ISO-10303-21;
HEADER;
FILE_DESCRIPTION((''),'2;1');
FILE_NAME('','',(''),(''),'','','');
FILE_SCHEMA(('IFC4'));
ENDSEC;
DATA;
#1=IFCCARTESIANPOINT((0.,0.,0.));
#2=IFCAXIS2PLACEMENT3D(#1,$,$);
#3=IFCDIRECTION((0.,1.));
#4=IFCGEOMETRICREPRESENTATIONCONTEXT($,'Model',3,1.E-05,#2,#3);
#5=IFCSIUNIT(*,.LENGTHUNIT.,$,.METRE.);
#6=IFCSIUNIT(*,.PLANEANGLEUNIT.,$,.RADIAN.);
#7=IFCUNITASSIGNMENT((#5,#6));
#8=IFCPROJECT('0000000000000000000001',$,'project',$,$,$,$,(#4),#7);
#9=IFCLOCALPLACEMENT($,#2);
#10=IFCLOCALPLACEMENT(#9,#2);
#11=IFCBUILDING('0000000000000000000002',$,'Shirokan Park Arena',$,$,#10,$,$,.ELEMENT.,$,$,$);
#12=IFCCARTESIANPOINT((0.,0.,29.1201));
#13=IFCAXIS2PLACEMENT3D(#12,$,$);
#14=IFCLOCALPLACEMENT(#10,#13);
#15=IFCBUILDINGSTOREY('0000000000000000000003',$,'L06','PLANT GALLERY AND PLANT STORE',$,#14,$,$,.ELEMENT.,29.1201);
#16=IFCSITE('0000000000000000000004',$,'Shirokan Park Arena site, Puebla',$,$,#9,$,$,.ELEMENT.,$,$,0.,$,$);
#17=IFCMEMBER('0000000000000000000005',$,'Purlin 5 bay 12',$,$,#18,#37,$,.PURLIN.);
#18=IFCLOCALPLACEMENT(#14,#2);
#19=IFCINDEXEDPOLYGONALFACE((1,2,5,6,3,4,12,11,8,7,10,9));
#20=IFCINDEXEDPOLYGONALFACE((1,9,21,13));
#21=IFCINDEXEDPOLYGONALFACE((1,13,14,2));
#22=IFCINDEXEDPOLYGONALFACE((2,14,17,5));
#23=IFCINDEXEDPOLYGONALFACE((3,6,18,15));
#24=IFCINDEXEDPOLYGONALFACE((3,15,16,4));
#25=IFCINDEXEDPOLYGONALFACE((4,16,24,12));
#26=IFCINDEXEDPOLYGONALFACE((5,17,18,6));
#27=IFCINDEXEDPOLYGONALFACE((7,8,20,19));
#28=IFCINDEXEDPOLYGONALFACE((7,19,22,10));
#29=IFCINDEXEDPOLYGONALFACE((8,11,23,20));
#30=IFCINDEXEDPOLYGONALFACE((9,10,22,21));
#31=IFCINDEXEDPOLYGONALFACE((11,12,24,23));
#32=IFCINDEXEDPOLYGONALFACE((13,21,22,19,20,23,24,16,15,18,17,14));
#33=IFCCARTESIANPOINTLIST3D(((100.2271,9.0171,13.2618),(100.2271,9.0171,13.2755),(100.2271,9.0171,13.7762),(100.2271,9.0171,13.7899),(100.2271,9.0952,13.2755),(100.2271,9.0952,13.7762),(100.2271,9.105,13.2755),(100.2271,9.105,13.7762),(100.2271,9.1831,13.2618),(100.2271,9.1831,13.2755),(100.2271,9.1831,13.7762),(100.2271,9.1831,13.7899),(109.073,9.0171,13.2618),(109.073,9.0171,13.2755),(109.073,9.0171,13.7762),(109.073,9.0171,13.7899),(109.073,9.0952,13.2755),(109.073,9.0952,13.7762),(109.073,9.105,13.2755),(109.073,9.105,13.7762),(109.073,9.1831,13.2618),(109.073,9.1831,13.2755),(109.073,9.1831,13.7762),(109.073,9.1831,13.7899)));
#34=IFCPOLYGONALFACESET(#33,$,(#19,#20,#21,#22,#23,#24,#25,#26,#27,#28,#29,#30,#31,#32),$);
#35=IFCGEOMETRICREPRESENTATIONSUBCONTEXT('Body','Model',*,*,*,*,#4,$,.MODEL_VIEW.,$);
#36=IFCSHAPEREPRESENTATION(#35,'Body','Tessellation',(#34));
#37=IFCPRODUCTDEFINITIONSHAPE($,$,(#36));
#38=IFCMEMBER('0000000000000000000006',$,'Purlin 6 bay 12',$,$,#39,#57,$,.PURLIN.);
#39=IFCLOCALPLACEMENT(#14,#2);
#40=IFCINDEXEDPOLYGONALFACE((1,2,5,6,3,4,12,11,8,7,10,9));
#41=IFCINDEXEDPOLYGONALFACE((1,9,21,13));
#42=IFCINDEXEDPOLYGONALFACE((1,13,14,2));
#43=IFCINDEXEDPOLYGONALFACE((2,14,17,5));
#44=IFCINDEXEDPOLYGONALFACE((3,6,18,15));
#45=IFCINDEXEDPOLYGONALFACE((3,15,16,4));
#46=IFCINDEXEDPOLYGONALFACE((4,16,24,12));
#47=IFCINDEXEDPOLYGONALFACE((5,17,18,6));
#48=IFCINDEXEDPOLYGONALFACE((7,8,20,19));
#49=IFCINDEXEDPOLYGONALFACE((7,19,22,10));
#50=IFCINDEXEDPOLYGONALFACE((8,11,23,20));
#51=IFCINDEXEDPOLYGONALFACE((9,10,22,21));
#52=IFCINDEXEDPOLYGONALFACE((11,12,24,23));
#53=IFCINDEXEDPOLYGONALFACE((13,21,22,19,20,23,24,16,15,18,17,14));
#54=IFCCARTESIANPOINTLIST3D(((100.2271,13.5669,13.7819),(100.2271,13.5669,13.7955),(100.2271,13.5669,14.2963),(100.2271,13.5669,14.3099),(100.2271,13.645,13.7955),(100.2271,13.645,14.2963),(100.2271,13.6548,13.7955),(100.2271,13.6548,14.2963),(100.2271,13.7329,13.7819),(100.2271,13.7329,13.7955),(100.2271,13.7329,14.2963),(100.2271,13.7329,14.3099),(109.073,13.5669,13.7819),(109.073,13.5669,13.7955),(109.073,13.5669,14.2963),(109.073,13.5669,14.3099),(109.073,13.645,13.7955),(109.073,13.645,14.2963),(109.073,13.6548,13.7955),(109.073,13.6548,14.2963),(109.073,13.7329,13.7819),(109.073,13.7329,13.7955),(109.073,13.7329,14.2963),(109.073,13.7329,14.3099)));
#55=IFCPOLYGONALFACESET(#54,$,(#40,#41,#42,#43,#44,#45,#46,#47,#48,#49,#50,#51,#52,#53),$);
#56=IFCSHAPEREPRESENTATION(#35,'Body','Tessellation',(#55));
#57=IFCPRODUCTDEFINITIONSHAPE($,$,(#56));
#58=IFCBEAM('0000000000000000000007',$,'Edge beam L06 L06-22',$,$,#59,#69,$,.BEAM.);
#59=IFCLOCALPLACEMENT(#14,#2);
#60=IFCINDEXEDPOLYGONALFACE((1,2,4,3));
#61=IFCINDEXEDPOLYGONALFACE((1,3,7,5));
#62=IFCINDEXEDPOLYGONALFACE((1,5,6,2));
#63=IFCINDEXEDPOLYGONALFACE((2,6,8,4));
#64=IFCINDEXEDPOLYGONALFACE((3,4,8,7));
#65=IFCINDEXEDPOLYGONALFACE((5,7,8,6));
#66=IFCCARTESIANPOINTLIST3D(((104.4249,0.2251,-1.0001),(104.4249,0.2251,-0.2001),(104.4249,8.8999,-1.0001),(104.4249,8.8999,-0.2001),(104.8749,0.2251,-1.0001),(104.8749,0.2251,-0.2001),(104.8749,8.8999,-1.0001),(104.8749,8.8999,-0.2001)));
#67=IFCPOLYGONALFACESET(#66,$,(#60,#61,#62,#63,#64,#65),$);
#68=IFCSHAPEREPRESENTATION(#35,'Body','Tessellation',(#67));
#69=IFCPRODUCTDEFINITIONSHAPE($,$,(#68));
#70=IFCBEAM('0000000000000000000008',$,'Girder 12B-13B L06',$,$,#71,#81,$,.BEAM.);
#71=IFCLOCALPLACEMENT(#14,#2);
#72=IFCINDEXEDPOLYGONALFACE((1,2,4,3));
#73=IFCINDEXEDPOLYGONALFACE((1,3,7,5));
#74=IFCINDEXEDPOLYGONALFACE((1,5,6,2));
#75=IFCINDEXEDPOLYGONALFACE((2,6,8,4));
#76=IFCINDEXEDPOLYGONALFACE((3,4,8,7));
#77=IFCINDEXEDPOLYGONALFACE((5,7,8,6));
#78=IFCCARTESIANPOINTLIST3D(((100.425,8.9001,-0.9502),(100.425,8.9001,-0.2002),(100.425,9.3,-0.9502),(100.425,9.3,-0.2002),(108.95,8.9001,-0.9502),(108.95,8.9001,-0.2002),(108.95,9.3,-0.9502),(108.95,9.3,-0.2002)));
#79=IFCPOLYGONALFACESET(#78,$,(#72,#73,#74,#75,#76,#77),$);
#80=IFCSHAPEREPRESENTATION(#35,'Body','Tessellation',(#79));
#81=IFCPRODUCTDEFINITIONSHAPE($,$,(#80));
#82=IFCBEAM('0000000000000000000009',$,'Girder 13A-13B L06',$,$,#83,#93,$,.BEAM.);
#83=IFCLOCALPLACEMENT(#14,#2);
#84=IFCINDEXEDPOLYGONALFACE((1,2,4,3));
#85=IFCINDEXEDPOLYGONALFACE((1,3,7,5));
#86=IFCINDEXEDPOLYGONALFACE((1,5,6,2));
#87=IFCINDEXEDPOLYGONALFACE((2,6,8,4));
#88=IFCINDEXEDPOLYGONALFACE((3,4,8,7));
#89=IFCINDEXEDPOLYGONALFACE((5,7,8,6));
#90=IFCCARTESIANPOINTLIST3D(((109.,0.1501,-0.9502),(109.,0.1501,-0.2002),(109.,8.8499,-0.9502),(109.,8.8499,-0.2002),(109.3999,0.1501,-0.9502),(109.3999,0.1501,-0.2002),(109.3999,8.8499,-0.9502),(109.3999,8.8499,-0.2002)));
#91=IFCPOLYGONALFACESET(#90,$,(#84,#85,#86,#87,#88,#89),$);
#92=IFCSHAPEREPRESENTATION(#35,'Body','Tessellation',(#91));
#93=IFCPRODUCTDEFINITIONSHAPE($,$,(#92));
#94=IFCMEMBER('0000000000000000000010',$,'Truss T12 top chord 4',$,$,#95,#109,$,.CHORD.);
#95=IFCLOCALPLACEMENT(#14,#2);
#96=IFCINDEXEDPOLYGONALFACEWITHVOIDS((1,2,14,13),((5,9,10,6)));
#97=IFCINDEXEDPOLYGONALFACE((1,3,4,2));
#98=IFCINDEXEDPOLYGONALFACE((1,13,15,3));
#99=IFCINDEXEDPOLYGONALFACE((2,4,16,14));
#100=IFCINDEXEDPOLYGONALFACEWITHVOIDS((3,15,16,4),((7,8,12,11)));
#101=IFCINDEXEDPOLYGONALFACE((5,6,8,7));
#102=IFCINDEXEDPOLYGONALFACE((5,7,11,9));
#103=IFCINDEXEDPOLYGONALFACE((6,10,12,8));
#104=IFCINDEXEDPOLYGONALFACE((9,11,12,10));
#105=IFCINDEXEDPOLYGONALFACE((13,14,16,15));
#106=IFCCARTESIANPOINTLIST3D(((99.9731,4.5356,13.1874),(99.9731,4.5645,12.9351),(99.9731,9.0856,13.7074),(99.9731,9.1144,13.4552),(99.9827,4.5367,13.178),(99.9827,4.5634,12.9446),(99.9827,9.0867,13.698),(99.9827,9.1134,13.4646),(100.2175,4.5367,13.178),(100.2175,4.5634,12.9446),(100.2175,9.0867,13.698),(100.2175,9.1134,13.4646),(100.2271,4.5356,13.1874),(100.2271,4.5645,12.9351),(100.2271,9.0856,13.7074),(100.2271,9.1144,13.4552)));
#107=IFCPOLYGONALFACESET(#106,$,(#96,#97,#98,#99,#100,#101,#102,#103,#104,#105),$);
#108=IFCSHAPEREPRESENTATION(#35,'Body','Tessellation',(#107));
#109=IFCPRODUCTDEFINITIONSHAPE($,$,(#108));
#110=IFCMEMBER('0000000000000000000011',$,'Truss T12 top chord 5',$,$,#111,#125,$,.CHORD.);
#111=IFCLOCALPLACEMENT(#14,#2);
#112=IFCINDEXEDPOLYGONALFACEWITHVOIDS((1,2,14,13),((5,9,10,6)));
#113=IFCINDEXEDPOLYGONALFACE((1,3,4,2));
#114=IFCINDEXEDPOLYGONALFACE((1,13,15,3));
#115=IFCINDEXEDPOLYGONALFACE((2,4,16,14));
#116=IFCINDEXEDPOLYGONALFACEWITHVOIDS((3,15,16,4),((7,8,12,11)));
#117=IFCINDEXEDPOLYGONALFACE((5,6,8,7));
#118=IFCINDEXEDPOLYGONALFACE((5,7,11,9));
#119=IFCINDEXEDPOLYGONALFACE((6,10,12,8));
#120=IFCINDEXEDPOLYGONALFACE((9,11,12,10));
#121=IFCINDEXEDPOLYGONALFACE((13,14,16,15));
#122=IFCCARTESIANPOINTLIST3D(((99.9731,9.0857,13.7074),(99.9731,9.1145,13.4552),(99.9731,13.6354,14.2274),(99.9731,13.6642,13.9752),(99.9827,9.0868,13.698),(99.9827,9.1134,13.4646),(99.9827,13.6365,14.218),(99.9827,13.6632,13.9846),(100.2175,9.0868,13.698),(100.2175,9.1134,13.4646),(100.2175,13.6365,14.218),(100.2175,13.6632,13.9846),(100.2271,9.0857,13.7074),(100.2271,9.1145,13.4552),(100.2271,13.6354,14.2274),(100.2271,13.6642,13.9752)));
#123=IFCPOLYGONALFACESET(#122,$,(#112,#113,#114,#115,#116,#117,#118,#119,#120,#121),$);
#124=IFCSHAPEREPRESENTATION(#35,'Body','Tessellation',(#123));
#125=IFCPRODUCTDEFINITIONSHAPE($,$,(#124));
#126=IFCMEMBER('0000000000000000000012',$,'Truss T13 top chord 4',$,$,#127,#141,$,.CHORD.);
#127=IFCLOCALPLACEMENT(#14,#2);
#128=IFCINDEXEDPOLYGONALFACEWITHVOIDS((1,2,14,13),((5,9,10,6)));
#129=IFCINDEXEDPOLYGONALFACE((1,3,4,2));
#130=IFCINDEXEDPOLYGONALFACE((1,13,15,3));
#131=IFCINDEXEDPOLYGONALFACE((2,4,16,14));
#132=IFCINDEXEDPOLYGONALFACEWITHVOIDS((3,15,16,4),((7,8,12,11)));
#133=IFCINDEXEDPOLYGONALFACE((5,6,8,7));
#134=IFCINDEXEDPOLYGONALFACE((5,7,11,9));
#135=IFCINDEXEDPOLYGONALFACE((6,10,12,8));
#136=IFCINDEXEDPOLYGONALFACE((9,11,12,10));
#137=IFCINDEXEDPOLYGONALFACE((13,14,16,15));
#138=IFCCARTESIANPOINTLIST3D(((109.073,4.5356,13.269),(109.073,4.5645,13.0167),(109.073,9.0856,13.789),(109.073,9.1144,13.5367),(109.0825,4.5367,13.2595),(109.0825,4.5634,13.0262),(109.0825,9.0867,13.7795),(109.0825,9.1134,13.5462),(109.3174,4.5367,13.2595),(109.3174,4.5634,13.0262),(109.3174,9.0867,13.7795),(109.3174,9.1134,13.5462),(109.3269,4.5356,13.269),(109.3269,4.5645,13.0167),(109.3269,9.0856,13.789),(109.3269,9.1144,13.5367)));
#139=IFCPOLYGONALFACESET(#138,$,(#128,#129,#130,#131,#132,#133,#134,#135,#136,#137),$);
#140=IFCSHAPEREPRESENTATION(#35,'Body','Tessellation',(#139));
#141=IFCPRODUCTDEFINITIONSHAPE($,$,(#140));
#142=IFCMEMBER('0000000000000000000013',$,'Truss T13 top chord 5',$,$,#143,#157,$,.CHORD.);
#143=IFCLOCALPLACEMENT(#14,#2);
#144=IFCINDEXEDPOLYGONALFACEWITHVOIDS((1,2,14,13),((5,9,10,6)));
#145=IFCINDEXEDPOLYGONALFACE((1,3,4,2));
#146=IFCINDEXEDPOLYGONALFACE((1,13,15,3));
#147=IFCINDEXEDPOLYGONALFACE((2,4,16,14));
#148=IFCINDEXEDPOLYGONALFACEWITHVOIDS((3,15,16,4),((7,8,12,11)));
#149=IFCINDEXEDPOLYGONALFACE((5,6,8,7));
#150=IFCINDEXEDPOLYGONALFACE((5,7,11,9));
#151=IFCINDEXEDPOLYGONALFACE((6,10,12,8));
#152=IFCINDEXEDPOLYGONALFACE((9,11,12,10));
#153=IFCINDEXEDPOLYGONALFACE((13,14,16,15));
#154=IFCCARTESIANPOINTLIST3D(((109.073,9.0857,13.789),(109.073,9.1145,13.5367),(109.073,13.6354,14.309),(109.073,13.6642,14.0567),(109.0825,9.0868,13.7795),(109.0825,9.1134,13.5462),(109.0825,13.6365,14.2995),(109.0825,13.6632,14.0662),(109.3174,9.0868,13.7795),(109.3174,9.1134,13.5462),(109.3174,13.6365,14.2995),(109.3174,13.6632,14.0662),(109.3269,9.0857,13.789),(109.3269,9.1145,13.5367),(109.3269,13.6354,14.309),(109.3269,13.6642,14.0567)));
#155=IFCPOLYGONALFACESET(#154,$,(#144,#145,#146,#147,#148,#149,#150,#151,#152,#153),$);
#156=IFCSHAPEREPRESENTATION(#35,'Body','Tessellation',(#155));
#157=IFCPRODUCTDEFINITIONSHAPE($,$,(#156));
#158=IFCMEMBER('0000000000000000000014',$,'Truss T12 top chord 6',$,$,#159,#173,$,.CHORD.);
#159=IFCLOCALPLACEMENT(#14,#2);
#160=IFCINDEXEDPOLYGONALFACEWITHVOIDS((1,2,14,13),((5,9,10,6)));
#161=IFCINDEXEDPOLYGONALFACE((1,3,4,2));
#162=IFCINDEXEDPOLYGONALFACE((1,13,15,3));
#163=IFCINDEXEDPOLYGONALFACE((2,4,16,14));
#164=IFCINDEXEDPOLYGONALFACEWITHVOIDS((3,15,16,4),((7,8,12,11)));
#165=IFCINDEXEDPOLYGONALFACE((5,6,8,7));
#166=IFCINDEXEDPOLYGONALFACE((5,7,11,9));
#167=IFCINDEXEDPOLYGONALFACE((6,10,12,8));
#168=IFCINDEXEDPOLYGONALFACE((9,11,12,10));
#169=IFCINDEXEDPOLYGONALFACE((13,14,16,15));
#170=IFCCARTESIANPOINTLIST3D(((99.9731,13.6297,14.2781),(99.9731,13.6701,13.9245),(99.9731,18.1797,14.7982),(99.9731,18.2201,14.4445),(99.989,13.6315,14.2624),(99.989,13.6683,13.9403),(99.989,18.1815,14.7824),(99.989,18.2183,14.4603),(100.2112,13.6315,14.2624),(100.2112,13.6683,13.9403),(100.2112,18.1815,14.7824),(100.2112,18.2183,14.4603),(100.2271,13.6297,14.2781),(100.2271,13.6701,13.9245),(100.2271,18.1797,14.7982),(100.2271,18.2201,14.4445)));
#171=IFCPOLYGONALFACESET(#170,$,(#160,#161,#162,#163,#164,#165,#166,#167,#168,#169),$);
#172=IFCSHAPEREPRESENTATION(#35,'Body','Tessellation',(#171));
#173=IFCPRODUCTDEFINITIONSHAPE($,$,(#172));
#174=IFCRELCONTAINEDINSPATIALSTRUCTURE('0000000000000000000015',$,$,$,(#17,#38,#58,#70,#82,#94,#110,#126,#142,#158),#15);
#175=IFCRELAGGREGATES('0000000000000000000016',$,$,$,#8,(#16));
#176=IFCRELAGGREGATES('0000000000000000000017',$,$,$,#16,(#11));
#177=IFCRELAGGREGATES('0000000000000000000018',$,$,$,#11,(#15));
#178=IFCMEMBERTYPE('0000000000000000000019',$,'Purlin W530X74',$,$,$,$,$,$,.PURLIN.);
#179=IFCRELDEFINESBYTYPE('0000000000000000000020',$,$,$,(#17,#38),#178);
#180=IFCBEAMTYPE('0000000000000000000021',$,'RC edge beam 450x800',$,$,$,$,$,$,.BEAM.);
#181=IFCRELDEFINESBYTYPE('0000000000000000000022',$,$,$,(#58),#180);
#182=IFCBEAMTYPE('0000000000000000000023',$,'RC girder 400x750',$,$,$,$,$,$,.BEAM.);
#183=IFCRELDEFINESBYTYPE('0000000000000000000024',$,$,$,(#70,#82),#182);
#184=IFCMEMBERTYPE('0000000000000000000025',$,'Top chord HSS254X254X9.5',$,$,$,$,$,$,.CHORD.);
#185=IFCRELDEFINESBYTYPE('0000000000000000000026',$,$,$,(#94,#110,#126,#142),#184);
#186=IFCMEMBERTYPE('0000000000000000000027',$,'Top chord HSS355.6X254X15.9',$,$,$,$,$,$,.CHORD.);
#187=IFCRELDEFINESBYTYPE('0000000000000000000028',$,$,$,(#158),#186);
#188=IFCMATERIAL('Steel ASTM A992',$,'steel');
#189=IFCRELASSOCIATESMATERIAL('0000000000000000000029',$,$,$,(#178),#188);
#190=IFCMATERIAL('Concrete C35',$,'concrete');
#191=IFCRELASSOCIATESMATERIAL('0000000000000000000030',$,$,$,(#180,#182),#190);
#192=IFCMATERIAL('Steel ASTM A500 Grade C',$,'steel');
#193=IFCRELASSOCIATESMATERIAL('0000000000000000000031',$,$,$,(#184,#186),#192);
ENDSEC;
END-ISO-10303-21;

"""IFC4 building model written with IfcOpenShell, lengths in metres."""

from ifc_helpers import new_model, si_unit, direction, frame, origin, origin_2d, place, context, subcontext, project, spatial, rectangle, hollow_rectangle, i_section, extrude, material, material_profile, profile_set, type_object, element, save


model = new_model("IFC4")

# Units and contexts
model_context = context("Model", 3, precision=1e-05, world=origin(), true_north=direction((0.0, 1.0)))
body_context = subcontext(model_context, "Body", "Model", "MODEL_VIEW")
ifc_project = project(units=[si_unit("LENGTHUNIT", "METRE"), si_unit("PLANEANGLEUNIT", "RADIAN")], contexts=[model_context])

# Site, building, storey
site_placement = place(None, origin())
site = spatial("IfcSite", under=ifc_project, at=site_placement, Name="Shirokan Park Arena site, Puebla", CompositionType="ELEMENT", RefElevation=0.0)
building_placement = place(site_placement, origin())
building = spatial("IfcBuilding", under=site, at=building_placement, Name="Shirokan Park Arena", CompositionType="ELEMENT")
storey_placement = place(building_placement, frame((0.0, 0.0, 29.1201)))
storey = spatial("IfcBuildingStorey", under=building, at=storey_placement, Name="L06", Description="PLANT GALLERY AND PLANT STORE", CompositionType="ELEMENT", Elevation=29.1201)

# Shared definitions
ifc_material_1 = material(Name="Concrete C35", Category="concrete")

# Members
ifc_material_2 = material(Name="Steel ASTM A500 Grade C", Category="steel")
ifc_material_3 = material(Name="Steel ASTM A992", Category="steel")
ifc_material_profile_1 = material_profile(ifc_material_3, i_section(OverallWidth=0.166, OverallDepth=0.5281, WebThickness=0.0098, FlangeThickness=0.0137, at=origin_2d()), Name="W530X74")
ifc_profile_set_1 = profile_set([ifc_material_profile_1], Name="Steel ASTM A992")
member_type_1 = type_object("IfcMemberType", Name="Purlin W530X74", PredefinedType="PURLIN", material=ifc_profile_set_1)
for number, where, z_axis, x_axis, name in (
    (1, (100.2271, 9.1001, 13.5259), (1.0, 0.0, 0.0), (0.0, 1.0, 0.0), "Purlin 5 bay 12"),
    (2, (100.2271, 13.6499, 14.0459), (1.0, 0.0, 0.0), (0.0, 1.0, 0.0), "Purlin 6 bay 12"),
):
    element("IfcMember", number, at=place(storey_placement, frame(where, z_axis=z_axis, x_axis=x_axis)), inside=storey, type_object=member_type_1, Name=name, PredefinedType="PURLIN", context=body_context, shape_type="SweptSolid", body=[
        extrude(i_section(OverallWidth=0.166, OverallDepth=0.5281, WebThickness=0.0098, FlangeThickness=0.0137, at=origin_2d()), origin(), (0.0, 0.0, 1.0), 8.8459),
    ])

# Beams
ifc_material_profile_2 = material_profile(ifc_material_1, rectangle(XDim=0.45, YDim=0.8, at=origin_2d()), Name="450x800")
ifc_profile_set_2 = profile_set([ifc_material_profile_2], Name="Concrete C35")
beam_type_1 = type_object("IfcBeamType", Name="RC edge beam 450x800", PredefinedType="BEAM", material=ifc_profile_set_2)
beam_1_placement = place(storey_placement, frame((104.6499, 0.2251, -0.6001), z_axis=(0.0, 1.0, 0.0), x_axis=(-1.0, 0.0, 0.0)))
element("IfcBeam", 3, at=beam_1_placement, inside=storey, type_object=beam_type_1, Name="Edge beam L06 L06-22", PredefinedType="BEAM", context=body_context, shape_type="SweptSolid", body=[
    extrude(rectangle(XDim=0.45, YDim=0.8, at=origin_2d()), origin(), (0.0, 0.0, 1.0), 8.6748),
])
ifc_material_profile_3 = material_profile(ifc_material_1, rectangle(XDim=0.3999, YDim=0.75, at=origin_2d()), Name="400x750")
ifc_profile_set_3 = profile_set([ifc_material_profile_3], Name="Concrete C35")
beam_type_2 = type_object("IfcBeamType", Name="RC girder 400x750", PredefinedType="BEAM", material=ifc_profile_set_3)
beam_2_placement = place(storey_placement, frame((100.425, 9.1001, -0.5752), z_axis=(1.0, 0.0, 0.0), x_axis=(0.0, 1.0, 0.0)))
element("IfcBeam", 4, at=beam_2_placement, inside=storey, type_object=beam_type_2, Name="Girder 12B-13B L06", PredefinedType="BEAM", context=body_context, shape_type="SweptSolid", body=[
    extrude(rectangle(XDim=0.3999, YDim=0.75, at=origin_2d()), origin(), (0.0, 0.0, 1.0), 8.5249),
])
beam_3_placement = place(storey_placement, frame((109.2, 0.1501, -0.5752), z_axis=(0.0, 1.0, 0.0), x_axis=(-1.0, 0.0, 0.0)))
element("IfcBeam", 5, at=beam_3_placement, inside=storey, type_object=beam_type_2, Name="Girder 13A-13B L06", PredefinedType="BEAM", context=body_context, shape_type="SweptSolid", body=[
    extrude(rectangle(XDim=0.3999, YDim=0.75, at=origin_2d()), origin(), (0.0, 0.0, 1.0), 8.6997),
])

# Members
ifc_material_profile_4 = material_profile(ifc_material_2, hollow_rectangle(XDim=0.2539, YDim=0.2539, WallThickness=0.0095, at=origin_2d()), Name="HSS254X254X9.5")
ifc_profile_set_4 = profile_set([ifc_material_profile_4], Name="Steel ASTM A500 Grade C")
member_type_2 = type_object("IfcMemberType", Name="Top chord HSS254X254X9.5", PredefinedType="CHORD", material=ifc_profile_set_4)
member_1_placement = place(storey_placement, frame((100.1001, 4.55, 13.0613), z_axis=(0.0, 0.993532, 0.11355), x_axis=(-1.0, 0.0, 0.0)))
element("IfcMember", 6, at=member_1_placement, inside=storey, type_object=member_type_2, Name="Truss T12 top chord 4", PredefinedType="CHORD", context=body_context, shape_type="SweptSolid", body=[
    extrude(hollow_rectangle(XDim=0.2539, YDim=0.2539, WallThickness=0.0095, at=origin_2d()), origin(), (0.0, 0.0, 1.0), 4.5796),
])
member_2_placement = place(storey_placement, frame((100.1001, 9.1001, 13.5813), z_axis=(0.0, 0.993532, 0.113556), x_axis=(-1.0, 0.0, 0.0)))
element("IfcMember", 7, at=member_2_placement, inside=storey, type_object=member_type_2, Name="Truss T12 top chord 5", PredefinedType="CHORD", context=body_context, shape_type="SweptSolid", body=[
    extrude(hollow_rectangle(XDim=0.2539, YDim=0.2539, WallThickness=0.0095, at=origin_2d()), origin(), (0.0, 0.0, 1.0), 4.5793),
])
member_3_placement = place(storey_placement, frame((109.2, 4.55, 13.1428), z_axis=(0.0, 0.993532, 0.11355), x_axis=(-1.0, 0.0, 0.0)))
element("IfcMember", 8, at=member_3_placement, inside=storey, type_object=member_type_2, Name="Truss T13 top chord 4", PredefinedType="CHORD", context=body_context, shape_type="SweptSolid", body=[
    extrude(hollow_rectangle(XDim=0.2539, YDim=0.2539, WallThickness=0.0095, at=origin_2d()), origin(), (0.0, 0.0, 1.0), 4.5796),
])
member_4_placement = place(storey_placement, frame((109.2, 9.1001, 13.6628), z_axis=(0.0, 0.993532, 0.113556), x_axis=(-1.0, 0.0, 0.0)))
element("IfcMember", 9, at=member_4_placement, inside=storey, type_object=member_type_2, Name="Truss T13 top chord 5", PredefinedType="CHORD", context=body_context, shape_type="SweptSolid", body=[
    extrude(hollow_rectangle(XDim=0.2539, YDim=0.2539, WallThickness=0.0095, at=origin_2d()), origin(), (0.0, 0.0, 1.0), 4.5793),
])
ifc_material_profile_5 = material_profile(ifc_material_2, hollow_rectangle(XDim=0.2539, YDim=0.356, WallThickness=0.0159, at=origin_2d()), Name="HSS355.6X254X15.9")
ifc_profile_set_5 = profile_set([ifc_material_profile_5], Name="Steel ASTM A500 Grade C")
member_type_3 = type_object("IfcMemberType", Name="Top chord HSS355.6X254X15.9", PredefinedType="CHORD", material=ifc_profile_set_5)
member_5_placement = place(storey_placement, frame((100.1001, 13.6499, 14.1013), z_axis=(0.0, 0.993532, 0.11355), x_axis=(-1.0, 0.0, 0.0)))
element("IfcMember", 10, at=member_5_placement, inside=storey, type_object=member_type_3, Name="Truss T12 top chord 6", PredefinedType="CHORD", context=body_context, shape_type="SweptSolid", body=[
    extrude(hollow_rectangle(XDim=0.2539, YDim=0.356, WallThickness=0.0159, at=origin_2d()), origin(), (0.0, 0.0, 1.0), 4.5796),
])

save(model, "model.ifc")
